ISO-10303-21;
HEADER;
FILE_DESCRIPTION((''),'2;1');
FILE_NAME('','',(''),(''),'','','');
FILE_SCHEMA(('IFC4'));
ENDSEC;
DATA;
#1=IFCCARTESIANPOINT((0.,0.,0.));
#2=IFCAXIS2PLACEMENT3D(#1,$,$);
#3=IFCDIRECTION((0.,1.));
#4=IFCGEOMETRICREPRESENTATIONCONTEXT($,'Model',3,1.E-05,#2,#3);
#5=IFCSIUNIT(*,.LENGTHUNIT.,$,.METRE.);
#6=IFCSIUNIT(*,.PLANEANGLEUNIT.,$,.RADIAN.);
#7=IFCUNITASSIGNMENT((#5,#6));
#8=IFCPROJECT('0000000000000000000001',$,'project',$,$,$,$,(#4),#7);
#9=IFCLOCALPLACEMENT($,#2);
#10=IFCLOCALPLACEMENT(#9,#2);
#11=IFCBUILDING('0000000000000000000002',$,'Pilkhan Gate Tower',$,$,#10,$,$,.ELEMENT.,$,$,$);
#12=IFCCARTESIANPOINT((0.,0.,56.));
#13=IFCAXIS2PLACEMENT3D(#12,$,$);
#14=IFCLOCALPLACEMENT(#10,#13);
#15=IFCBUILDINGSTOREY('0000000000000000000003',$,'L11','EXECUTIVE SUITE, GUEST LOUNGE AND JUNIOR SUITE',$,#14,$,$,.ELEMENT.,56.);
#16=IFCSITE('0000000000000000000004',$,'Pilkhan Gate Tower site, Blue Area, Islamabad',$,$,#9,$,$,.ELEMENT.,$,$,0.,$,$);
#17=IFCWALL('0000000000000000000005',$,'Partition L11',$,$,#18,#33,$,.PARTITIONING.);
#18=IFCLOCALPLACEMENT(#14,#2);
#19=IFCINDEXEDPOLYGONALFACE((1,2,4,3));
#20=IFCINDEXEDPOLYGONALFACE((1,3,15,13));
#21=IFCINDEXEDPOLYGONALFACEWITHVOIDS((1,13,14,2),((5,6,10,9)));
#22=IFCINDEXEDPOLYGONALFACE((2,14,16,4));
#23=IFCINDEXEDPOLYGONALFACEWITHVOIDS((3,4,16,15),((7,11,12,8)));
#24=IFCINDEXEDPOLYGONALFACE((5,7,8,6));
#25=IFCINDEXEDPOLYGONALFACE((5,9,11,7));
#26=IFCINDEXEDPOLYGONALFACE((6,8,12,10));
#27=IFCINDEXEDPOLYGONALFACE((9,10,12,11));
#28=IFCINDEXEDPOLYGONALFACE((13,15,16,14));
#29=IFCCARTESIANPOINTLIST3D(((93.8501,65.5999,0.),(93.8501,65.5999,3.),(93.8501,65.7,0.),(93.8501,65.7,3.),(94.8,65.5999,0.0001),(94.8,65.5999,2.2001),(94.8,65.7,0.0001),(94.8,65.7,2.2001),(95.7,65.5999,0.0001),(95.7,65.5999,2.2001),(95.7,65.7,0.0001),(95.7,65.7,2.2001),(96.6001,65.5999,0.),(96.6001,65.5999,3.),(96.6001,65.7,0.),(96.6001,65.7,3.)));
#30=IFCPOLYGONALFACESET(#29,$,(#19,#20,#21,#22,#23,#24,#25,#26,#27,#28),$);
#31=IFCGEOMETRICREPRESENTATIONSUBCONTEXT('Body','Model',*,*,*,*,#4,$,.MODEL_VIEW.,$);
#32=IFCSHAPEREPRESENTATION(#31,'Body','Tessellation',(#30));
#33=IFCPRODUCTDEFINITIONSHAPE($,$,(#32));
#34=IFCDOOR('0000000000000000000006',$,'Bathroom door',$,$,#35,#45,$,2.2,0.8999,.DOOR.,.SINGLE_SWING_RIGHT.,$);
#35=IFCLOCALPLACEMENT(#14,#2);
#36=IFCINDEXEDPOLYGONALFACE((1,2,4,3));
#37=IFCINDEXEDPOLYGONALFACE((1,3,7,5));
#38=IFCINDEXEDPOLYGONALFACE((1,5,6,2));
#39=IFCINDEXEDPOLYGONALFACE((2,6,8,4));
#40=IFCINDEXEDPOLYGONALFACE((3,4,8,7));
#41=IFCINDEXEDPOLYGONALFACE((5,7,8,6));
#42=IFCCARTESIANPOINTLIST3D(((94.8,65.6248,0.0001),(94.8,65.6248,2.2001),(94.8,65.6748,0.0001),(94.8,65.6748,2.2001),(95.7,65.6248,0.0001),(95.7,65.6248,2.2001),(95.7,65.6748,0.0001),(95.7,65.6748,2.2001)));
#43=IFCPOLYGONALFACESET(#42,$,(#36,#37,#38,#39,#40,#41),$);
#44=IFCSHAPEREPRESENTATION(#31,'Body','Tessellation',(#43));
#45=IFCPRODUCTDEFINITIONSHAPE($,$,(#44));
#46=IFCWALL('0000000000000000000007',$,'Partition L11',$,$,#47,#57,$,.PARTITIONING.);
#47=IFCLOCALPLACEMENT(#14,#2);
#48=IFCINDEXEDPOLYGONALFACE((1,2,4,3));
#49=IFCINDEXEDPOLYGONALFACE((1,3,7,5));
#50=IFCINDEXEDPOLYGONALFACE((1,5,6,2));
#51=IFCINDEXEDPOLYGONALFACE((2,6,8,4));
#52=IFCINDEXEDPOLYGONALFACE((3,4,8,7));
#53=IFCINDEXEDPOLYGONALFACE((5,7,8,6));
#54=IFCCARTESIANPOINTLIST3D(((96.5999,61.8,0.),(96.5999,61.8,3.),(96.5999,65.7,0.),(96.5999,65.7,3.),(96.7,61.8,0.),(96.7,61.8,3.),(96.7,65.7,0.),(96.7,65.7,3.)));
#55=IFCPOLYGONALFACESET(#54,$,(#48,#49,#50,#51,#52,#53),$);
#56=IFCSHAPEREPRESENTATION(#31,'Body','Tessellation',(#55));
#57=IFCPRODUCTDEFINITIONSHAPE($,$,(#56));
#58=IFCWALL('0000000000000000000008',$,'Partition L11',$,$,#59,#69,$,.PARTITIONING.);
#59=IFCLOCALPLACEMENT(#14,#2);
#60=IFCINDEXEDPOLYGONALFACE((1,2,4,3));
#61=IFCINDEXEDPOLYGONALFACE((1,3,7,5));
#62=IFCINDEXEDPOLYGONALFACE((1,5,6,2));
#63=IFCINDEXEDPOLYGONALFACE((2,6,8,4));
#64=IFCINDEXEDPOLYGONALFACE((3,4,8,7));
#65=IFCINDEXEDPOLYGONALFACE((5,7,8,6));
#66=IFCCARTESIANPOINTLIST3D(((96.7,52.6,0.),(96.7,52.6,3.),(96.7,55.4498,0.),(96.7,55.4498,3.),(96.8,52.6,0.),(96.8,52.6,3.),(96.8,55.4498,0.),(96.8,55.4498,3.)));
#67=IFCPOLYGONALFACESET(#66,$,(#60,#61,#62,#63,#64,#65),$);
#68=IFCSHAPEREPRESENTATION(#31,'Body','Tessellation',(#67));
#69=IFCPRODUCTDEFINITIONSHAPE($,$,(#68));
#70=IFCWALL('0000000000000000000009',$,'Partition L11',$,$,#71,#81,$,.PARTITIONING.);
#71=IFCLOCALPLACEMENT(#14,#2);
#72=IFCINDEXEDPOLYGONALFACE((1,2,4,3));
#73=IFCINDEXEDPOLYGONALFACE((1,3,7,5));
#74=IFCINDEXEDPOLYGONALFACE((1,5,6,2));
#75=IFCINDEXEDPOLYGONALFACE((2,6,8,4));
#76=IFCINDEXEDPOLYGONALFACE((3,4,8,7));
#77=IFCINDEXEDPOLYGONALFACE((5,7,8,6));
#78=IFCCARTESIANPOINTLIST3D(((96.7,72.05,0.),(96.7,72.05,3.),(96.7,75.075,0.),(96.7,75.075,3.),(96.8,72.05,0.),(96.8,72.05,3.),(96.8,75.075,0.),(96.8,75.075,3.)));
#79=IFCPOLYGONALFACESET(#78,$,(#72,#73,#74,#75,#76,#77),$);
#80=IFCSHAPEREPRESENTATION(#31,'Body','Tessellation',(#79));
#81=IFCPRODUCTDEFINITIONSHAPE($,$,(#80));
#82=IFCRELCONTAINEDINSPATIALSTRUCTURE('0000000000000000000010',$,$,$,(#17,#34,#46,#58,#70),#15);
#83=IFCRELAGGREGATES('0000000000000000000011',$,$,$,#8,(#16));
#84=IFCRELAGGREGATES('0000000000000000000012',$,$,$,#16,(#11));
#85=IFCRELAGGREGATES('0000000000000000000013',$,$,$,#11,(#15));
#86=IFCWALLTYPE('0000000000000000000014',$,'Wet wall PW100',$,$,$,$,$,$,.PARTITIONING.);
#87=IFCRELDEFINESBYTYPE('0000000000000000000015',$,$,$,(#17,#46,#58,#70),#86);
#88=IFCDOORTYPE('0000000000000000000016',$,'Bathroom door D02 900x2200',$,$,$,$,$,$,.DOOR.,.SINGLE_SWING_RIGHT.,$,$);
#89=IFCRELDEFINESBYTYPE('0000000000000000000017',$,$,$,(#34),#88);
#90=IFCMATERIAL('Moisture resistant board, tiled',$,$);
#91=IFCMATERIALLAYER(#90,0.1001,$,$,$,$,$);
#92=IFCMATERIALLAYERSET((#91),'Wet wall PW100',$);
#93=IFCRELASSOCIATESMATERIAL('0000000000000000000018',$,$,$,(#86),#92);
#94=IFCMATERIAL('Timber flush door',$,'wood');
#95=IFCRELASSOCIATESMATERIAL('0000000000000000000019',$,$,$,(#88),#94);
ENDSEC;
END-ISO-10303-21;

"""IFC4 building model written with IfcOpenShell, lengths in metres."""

from ifc_helpers import new_model, si_unit, direction, frame, frame_2d, origin, place, context, subcontext, project, spatial, rectangle, extrude, material, layer, layer_set, type_object, element, fill, save


model = new_model("IFC4")

# Units and contexts
model_context = context("Model", 3, precision=1e-05, world=origin(), true_north=direction((0.0, 1.0)))
body_context = subcontext(model_context, "Body", "Model", "MODEL_VIEW")
ifc_project = project(units=[si_unit("LENGTHUNIT", "METRE"), si_unit("PLANEANGLEUNIT", "RADIAN")], contexts=[model_context])

# Site, building, storey
site_placement = place(None, origin())
site = spatial("IfcSite", under=ifc_project, at=site_placement, Name="Pilkhan Gate Tower site, Blue Area, Islamabad", CompositionType="ELEMENT", RefElevation=0.0)
building_placement = place(site_placement, origin())
building = spatial("IfcBuilding", under=site, at=building_placement, Name="Pilkhan Gate Tower", CompositionType="ELEMENT")
storey_placement = place(building_placement, frame((0.0, 0.0, 56.0)))
storey = spatial("IfcBuildingStorey", under=building, at=storey_placement, Name="L11", Description="EXECUTIVE SUITE, GUEST LOUNGE AND JUNIOR SUITE", CompositionType="ELEMENT", Elevation=56.0)

# Shared definitions
ifc_material_1 = material(Name="Moisture resistant board, tiled")
ifc_layer_1 = layer(ifc_material_1, 0.1001)
ifc_layer_set_1 = layer_set([ifc_layer_1], Name="Wet wall PW100")
wall_type_1 = type_object("IfcWallType", Name="Wet wall PW100", PredefinedType="PARTITIONING", material=ifc_layer_set_1)
ifc_material_2 = material(Name="Timber flush door", Category="wood")
door_type = type_object("IfcDoorType", Name="Bathroom door D02 900x2200", OperationType="SINGLE_SWING_RIGHT", PredefinedType="DOOR", material=ifc_material_2)

# Wall, opening, door
wall_1_placement = place(storey_placement, frame((93.8501, 65.6499, 0.0), z_axis=(0.0, 0.0, 1.0), x_axis=(1.0, 0.0, 0.0)))
wall_1 = element("IfcWall", 1, at=wall_1_placement, inside=storey, type_object=wall_type_1, Name="Partition L11", PredefinedType="PARTITIONING", context=body_context, shape_type="SweptSolid", body=[
    extrude(rectangle(XDim=2.75, YDim=0.1001, at=frame_2d((1.375, 0.0))), origin(), (0.0, 0.0, 1.0), 3.0),
])
opening_1_placement = place(wall_1_placement, frame((0.95, 0.0, 0.0)))
opening_1 = element("IfcOpeningElement", 2, at=opening_1_placement, cuts=wall_1, PredefinedType="OPENING", context=body_context, shape_type="SweptSolid", body=[
    extrude(rectangle(XDim=0.8999, YDim=2.2, at=frame_2d((0.45, 1.1001))), frame((0.0, 0.0601, 0.0), z_axis=(0.0, -1.0, 0.0), x_axis=(1.0, 0.0, 0.0)), (0.0, 0.0, 1.0), 0.1201),
])
door_1_placement = place(opening_1_placement, origin())
door_1 = element("IfcDoor", 3, at=door_1_placement, inside=storey, type_object=door_type, Name="Bathroom door", OperationType="SINGLE_SWING_RIGHT", OverallHeight=2.2, OverallWidth=0.8999, PredefinedType="DOOR", context=body_context, shape_type="SweptSolid", body=[
    extrude(rectangle(XDim=0.8999, YDim=2.2, at=frame_2d((0.45, 1.1001))), frame((0.0, 0.0249, 0.0), z_axis=(0.0, -1.0, 0.0), x_axis=(1.0, 0.0, 0.0)), (0.0, 0.0, 1.0), 0.05),
])
fill(opening_1, door_1)

# Walls
wall_2_placement = place(storey_placement, frame((96.6499, 61.8, 0.0), z_axis=(0.0, 0.0, 1.0), x_axis=(0.0, 1.0, 0.0)))
element("IfcWall", 4, at=wall_2_placement, inside=storey, type_object=wall_type_1, Name="Partition L11", PredefinedType="PARTITIONING", context=body_context, shape_type="SweptSolid", body=[
    extrude(rectangle(XDim=3.8999, YDim=0.1001, at=frame_2d((1.95, 0.0))), origin(), (0.0, 0.0, 1.0), 3.0),
])
wall_3_placement = place(storey_placement, frame((96.75, 52.6001, 0.0), z_axis=(0.0, 0.0, 1.0), x_axis=(0.0, 1.0, 0.0)))
element("IfcWall", 5, at=wall_3_placement, inside=storey, type_object=wall_type_1, Name="Partition L11", PredefinedType="PARTITIONING", context=body_context, shape_type="SweptSolid", body=[
    extrude(rectangle(XDim=2.8499, YDim=0.1001, at=frame_2d((1.4248, 0.0))), origin(), (0.0, 0.0, 1.0), 3.0),
])
wall_4_placement = place(storey_placement, frame((96.75, 72.05, 0.0), z_axis=(0.0, 0.0, 1.0), x_axis=(0.0, 1.0, 0.0)))
element("IfcWall", 6, at=wall_4_placement, inside=storey, type_object=wall_type_1, Name="Partition L11", PredefinedType="PARTITIONING", context=body_context, shape_type="SweptSolid", body=[
    extrude(rectangle(XDim=3.0249, YDim=0.1001, at=frame_2d((1.5125, 0.0))), origin(), (0.0, 0.0, 1.0), 3.0),
])

save(model, "model.ifc")
